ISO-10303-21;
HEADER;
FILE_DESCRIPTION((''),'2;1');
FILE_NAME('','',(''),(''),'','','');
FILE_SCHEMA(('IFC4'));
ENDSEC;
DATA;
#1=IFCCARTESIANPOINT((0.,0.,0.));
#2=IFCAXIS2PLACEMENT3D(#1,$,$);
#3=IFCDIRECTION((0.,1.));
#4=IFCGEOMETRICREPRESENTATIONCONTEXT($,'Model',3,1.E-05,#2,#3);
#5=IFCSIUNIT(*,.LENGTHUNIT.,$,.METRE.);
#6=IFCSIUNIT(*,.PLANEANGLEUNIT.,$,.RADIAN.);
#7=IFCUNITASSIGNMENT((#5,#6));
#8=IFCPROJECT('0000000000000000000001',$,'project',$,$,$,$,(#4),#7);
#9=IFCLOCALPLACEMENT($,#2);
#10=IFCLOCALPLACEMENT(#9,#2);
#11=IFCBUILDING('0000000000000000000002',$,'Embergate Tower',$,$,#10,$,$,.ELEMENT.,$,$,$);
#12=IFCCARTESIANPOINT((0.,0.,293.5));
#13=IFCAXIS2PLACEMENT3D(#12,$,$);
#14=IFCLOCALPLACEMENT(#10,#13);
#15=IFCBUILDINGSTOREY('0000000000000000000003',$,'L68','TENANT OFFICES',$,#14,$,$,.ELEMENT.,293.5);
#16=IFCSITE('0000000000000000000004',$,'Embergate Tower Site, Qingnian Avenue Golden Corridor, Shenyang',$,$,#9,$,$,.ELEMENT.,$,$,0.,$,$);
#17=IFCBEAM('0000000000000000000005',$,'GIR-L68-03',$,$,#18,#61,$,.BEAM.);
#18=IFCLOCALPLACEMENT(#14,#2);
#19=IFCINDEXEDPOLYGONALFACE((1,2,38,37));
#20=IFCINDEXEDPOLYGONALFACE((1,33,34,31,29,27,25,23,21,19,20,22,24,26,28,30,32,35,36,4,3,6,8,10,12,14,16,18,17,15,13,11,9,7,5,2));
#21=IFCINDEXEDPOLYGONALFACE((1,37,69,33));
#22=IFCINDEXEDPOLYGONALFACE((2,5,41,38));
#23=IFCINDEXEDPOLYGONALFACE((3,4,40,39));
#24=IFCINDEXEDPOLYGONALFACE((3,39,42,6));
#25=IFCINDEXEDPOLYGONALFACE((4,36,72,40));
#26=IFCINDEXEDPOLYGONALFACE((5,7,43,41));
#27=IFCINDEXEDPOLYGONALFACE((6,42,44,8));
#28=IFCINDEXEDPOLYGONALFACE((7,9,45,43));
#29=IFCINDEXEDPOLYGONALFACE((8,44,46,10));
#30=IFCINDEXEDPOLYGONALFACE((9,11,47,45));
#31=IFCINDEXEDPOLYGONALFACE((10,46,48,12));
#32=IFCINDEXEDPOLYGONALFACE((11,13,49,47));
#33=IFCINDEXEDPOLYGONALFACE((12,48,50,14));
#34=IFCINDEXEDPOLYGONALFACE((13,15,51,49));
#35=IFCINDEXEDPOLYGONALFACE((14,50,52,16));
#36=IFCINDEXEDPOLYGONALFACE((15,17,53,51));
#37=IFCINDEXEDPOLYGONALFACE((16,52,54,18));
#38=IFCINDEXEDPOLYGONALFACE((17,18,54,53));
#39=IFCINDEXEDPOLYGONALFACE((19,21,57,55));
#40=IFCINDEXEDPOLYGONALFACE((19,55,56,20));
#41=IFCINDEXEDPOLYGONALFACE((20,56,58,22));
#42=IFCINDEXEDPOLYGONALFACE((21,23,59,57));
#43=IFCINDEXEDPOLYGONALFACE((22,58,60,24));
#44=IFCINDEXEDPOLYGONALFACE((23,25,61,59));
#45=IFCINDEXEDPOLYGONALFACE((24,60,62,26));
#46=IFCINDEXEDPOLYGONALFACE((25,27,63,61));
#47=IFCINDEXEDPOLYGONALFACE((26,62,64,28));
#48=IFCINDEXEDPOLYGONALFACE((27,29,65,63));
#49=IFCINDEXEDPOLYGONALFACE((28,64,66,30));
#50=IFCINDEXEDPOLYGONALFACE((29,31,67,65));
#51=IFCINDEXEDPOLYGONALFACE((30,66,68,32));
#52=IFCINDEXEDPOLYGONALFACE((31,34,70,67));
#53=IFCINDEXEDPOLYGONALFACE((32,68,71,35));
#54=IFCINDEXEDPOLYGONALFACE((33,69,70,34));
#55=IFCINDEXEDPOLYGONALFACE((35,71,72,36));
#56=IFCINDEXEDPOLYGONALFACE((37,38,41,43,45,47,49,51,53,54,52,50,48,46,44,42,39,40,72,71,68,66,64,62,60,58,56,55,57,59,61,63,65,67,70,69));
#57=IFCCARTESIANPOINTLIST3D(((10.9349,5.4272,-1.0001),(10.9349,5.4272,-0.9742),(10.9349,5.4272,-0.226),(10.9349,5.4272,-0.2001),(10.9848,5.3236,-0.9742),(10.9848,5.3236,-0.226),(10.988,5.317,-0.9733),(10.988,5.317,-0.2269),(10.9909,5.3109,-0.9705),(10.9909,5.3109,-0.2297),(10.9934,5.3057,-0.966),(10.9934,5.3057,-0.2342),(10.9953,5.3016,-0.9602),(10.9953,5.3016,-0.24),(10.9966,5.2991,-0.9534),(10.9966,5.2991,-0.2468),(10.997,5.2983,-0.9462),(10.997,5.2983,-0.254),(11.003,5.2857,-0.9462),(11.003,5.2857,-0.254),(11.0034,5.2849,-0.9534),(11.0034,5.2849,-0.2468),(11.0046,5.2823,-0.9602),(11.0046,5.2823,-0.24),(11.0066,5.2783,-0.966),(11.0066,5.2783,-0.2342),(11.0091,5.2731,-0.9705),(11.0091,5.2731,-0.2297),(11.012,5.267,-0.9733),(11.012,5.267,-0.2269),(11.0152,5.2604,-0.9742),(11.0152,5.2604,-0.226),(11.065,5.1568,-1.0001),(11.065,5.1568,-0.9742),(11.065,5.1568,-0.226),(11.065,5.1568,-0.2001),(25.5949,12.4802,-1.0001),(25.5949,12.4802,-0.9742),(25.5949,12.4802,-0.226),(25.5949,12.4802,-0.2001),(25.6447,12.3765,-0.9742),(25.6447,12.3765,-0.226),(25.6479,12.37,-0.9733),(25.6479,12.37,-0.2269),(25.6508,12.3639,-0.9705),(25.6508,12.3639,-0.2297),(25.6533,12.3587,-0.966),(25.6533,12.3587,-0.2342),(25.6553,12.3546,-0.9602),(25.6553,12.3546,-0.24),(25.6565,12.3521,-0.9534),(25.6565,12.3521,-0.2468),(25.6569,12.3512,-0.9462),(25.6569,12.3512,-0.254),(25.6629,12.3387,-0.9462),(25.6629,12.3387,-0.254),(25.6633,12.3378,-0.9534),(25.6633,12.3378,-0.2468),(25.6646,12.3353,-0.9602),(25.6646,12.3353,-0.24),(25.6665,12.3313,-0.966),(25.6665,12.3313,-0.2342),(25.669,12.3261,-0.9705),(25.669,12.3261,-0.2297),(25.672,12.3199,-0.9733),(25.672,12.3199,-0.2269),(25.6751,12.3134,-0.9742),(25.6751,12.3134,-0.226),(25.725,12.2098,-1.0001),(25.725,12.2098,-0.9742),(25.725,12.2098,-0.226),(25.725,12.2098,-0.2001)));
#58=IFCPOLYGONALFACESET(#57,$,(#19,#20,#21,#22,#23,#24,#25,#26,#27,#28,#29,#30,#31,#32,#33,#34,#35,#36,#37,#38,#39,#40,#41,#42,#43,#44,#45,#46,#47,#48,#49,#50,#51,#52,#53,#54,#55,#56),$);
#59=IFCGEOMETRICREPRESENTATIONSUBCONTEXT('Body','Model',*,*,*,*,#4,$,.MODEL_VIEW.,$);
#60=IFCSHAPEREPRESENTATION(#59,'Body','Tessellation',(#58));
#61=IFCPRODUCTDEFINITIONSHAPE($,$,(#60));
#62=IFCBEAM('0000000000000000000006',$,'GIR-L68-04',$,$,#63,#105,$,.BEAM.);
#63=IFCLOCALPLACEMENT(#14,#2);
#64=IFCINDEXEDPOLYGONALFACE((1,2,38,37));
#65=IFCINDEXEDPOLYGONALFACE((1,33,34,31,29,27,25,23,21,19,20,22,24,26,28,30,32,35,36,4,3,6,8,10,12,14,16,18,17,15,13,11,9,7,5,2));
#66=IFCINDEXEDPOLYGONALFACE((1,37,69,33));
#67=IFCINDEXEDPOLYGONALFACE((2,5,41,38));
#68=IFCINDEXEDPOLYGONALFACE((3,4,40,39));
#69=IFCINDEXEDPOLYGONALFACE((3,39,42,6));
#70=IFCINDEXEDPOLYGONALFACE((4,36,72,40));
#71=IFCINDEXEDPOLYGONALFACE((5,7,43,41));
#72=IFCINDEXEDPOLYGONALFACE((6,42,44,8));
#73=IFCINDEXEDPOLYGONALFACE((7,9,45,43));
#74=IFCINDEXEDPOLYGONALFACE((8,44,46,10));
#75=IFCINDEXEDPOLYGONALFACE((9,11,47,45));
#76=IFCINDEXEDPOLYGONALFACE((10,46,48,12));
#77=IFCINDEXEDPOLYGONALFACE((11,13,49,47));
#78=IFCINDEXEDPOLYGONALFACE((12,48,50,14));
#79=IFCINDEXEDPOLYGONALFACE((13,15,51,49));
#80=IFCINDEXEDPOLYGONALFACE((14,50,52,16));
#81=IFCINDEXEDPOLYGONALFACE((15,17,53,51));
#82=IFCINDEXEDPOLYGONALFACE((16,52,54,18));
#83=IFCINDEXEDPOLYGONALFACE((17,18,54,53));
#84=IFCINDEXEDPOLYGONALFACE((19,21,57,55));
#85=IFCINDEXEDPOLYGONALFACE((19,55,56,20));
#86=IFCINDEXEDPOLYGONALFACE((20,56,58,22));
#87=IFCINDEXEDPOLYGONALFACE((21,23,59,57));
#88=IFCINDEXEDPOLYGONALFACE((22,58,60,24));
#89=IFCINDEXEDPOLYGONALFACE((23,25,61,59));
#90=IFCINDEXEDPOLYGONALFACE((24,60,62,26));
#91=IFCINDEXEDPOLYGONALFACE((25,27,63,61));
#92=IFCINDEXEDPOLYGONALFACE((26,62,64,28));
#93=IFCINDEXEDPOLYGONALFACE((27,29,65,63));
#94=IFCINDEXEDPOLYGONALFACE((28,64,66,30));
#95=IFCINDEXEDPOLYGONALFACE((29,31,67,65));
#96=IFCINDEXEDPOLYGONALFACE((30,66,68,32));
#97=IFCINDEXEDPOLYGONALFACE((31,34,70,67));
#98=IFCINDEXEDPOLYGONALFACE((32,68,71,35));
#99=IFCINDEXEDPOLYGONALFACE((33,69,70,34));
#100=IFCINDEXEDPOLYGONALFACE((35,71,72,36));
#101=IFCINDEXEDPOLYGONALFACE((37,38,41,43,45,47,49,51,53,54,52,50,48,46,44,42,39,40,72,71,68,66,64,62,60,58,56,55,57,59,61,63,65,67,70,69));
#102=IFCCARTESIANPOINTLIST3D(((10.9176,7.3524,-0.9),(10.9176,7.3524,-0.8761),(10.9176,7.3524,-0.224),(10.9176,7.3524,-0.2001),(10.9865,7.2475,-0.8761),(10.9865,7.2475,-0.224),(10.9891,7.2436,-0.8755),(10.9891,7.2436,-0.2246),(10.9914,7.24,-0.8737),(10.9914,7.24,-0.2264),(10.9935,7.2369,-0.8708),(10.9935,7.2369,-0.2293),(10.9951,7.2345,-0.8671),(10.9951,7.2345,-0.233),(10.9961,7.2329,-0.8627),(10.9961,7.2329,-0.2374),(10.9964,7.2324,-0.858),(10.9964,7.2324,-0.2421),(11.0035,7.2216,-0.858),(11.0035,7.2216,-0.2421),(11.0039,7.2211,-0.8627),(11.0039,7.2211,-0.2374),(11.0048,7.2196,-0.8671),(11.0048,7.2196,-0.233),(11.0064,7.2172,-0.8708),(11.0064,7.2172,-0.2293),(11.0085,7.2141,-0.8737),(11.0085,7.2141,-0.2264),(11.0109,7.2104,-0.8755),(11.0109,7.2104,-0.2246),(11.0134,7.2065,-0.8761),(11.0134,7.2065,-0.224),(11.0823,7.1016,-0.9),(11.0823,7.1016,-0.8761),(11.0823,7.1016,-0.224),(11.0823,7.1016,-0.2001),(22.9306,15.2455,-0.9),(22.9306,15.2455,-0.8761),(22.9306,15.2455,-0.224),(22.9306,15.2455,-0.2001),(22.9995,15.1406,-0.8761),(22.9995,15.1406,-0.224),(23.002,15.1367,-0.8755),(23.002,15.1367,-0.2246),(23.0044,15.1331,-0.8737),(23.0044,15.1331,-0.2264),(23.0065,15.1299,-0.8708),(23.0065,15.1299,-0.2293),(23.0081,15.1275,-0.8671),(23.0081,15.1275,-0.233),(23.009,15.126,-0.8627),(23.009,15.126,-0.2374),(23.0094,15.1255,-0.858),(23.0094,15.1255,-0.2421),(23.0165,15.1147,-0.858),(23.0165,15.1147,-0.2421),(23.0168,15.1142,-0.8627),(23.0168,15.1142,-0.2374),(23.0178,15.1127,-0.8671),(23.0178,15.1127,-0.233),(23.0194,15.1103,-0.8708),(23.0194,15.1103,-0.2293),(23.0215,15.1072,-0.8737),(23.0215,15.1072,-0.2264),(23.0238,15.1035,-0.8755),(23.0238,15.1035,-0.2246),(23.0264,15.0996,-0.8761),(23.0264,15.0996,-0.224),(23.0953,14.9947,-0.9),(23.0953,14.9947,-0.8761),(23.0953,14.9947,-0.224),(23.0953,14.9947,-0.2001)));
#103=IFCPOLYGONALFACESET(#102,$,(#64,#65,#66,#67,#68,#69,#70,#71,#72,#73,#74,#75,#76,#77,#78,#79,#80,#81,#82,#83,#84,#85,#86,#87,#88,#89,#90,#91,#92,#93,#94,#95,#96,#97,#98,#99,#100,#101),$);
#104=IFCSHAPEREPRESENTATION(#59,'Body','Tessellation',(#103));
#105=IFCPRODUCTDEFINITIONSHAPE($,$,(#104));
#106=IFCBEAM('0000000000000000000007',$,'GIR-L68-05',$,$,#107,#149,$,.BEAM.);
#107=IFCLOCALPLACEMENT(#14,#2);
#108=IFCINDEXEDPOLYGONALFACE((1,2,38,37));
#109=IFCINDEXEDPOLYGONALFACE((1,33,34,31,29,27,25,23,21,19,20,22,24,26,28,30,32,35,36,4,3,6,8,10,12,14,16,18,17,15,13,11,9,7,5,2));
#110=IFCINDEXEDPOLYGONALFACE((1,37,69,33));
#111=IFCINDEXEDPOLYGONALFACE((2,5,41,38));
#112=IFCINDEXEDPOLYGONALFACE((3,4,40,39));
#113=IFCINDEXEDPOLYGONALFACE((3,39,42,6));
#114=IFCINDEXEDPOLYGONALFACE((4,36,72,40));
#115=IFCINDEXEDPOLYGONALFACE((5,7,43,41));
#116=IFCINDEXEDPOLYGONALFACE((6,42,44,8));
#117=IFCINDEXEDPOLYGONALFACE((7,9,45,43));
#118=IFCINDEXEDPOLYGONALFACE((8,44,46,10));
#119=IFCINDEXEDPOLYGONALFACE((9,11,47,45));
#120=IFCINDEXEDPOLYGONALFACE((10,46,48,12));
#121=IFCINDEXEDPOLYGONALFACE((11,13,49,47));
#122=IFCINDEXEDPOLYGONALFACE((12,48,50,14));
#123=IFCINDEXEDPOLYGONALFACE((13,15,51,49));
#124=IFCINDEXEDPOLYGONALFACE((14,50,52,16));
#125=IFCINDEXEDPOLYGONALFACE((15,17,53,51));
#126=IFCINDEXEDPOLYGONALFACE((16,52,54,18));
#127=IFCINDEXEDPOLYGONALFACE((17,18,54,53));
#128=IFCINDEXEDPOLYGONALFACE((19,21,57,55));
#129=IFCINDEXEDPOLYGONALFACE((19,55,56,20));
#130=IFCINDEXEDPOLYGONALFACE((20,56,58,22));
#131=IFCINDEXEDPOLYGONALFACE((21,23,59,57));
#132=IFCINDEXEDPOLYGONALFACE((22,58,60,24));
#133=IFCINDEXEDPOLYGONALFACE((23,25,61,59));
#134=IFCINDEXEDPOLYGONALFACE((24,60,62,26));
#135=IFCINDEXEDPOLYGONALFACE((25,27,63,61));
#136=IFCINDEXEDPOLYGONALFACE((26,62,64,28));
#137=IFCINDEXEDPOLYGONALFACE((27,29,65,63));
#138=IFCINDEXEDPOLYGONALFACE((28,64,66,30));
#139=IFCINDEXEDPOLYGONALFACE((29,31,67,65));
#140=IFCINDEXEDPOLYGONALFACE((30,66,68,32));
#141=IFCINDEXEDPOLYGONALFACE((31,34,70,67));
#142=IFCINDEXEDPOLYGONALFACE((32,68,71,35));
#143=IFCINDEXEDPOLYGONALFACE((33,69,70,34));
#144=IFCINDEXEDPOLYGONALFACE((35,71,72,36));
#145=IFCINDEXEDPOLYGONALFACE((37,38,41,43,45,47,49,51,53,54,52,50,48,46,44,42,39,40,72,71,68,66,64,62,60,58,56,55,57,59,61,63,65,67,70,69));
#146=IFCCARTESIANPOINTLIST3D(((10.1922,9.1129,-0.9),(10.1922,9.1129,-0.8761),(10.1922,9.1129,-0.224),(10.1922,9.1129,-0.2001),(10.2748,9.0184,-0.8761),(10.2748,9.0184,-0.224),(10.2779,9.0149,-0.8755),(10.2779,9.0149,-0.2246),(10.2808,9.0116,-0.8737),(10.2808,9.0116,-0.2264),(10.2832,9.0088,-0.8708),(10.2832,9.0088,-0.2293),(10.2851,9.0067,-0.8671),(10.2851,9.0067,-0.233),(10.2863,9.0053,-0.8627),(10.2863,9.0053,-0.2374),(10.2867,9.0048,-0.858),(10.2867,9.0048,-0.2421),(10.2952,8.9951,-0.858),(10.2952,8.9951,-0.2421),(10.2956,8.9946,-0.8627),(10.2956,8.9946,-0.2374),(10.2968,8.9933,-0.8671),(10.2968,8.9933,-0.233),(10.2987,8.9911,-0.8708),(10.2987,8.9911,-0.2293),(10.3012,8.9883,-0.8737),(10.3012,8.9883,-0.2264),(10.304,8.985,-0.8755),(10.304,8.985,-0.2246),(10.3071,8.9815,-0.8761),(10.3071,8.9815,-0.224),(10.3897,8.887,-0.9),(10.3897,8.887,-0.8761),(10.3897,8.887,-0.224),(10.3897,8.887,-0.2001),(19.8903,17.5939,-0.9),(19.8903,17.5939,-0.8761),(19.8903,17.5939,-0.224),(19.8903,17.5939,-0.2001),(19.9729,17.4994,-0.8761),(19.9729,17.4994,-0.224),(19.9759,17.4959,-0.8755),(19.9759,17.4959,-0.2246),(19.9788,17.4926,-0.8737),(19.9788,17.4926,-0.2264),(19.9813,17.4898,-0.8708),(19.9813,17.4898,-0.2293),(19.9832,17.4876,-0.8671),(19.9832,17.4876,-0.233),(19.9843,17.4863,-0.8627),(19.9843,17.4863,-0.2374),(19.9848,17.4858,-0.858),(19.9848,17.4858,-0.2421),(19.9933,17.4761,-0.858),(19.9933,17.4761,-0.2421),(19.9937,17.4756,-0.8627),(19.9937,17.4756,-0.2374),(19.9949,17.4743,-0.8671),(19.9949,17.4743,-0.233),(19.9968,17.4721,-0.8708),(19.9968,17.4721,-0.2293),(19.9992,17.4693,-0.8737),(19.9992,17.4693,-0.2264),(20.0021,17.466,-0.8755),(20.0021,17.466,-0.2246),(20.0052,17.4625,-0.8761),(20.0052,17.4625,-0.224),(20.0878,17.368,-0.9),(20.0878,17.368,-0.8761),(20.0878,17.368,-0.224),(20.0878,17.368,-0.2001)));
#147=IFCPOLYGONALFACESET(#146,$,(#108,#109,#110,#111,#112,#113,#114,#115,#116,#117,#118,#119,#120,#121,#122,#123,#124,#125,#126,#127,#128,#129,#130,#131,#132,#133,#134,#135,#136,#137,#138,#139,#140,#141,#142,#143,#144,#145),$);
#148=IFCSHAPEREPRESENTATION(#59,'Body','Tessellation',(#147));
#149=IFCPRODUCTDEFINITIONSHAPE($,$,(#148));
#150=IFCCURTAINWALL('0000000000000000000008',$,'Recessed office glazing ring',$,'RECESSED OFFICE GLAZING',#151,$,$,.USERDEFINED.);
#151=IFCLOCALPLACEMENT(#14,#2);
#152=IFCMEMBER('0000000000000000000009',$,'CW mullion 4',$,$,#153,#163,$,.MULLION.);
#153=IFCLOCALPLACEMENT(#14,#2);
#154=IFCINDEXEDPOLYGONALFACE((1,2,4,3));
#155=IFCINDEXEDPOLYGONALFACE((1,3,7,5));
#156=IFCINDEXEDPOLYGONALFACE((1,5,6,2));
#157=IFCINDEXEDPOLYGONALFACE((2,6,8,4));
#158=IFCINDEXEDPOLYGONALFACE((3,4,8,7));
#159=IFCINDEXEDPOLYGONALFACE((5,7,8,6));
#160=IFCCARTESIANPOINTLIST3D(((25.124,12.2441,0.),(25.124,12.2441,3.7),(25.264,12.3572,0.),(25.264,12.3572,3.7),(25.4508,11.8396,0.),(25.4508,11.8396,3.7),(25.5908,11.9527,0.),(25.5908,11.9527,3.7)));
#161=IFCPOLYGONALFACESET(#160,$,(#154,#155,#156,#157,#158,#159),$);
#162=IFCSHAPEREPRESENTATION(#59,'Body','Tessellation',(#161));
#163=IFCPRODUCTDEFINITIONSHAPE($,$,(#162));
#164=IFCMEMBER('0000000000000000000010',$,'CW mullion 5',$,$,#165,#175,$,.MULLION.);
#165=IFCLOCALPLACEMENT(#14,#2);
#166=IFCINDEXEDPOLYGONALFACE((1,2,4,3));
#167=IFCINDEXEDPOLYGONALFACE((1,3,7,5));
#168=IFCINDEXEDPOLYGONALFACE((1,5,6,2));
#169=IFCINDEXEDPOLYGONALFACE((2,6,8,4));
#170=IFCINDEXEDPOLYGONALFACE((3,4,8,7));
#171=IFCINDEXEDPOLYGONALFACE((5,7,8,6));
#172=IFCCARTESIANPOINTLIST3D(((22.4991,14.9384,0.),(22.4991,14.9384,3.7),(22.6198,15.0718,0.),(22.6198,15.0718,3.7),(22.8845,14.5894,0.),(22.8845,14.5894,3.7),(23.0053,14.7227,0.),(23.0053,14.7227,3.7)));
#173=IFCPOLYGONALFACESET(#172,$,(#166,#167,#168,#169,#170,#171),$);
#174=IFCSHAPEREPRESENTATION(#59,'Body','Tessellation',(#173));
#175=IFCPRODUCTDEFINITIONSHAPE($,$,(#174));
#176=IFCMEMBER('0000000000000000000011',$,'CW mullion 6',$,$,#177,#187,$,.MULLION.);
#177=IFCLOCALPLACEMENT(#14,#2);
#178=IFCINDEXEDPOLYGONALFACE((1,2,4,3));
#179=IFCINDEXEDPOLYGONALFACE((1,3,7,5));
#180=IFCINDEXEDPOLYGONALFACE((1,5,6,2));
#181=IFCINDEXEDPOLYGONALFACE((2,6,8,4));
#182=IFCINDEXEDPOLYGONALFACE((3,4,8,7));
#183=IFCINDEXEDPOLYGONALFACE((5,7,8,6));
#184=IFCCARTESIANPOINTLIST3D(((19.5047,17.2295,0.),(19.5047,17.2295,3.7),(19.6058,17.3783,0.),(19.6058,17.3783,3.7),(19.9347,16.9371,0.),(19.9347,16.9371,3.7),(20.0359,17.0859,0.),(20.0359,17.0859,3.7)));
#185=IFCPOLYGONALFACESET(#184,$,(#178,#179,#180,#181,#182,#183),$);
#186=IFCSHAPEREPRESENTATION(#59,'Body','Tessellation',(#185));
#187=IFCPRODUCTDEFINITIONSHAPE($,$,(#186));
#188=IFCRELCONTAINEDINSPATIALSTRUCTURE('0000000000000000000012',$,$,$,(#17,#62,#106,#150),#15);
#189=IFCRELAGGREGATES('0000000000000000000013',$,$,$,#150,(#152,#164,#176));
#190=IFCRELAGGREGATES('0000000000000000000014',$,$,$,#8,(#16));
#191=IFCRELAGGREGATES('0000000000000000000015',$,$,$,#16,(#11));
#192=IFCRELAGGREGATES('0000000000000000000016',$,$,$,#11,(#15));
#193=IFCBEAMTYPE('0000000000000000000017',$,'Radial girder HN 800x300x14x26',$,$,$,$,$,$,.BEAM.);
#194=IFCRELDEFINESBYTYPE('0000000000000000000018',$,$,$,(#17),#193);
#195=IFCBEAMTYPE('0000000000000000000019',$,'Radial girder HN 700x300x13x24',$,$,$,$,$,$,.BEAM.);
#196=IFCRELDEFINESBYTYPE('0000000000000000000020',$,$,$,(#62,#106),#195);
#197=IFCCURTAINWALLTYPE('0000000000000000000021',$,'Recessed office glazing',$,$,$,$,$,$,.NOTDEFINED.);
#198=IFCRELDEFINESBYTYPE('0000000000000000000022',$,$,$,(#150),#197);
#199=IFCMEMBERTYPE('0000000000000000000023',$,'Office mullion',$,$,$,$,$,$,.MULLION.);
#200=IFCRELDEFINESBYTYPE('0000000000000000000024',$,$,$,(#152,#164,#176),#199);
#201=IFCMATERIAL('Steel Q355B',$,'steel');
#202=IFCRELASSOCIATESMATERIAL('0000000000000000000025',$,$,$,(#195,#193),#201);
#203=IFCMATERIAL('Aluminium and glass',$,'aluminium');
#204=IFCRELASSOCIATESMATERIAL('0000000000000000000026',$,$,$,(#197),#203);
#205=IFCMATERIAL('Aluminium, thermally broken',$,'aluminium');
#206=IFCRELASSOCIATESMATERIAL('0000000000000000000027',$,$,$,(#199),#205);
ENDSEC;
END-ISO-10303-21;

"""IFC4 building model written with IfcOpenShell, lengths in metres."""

from ifc_helpers import new_model, si_unit, direction, frame, origin, origin_2d, place, context, subcontext, project, spatial, rectangle, i_section, extrude, source, transform, mapped, material, material_profile, profile_set, type_object, element, aggregate, save


model = new_model("IFC4")

# Units and contexts
model_context = context("Model", 3, precision=1e-05, world=origin(), true_north=direction((0.0, 1.0)))
body_context = subcontext(model_context, "Body", "Model", "MODEL_VIEW")
ifc_project = project(units=[si_unit("LENGTHUNIT", "METRE"), si_unit("PLANEANGLEUNIT", "RADIAN")], contexts=[model_context])

# Site, building, storey
site_placement = place(None, origin())
site = spatial("IfcSite", under=ifc_project, at=site_placement, Name="Embergate Tower Site, Qingnian Avenue Golden Corridor, Shenyang", CompositionType="ELEMENT", RefElevation=0.0)
building_placement = place(site_placement, origin())
building = spatial("IfcBuilding", under=site, at=building_placement, Name="Embergate Tower", CompositionType="ELEMENT")
storey_placement = place(building_placement, frame((0.0, 0.0, 293.5)))
storey = spatial("IfcBuildingStorey", under=building, at=storey_placement, Name="L68", Description="TENANT OFFICES", CompositionType="ELEMENT", Elevation=293.5)

# Beams
ifc_material_1 = material(Name="Steel Q355B", Category="steel")
ifc_material_profile_1 = material_profile(ifc_material_1, i_section(OverallWidth=0.3, OverallDepth=0.7, WebThickness=0.0129, FlangeThickness=0.0239, FilletRadius=0.0181, at=origin_2d()), Name="HN 700x300x13x24")
ifc_profile_set_1 = profile_set([ifc_material_profile_1], Name="Steel Q355 grade B")
beam_type_1 = type_object("IfcBeamType", Name="Radial girder HN 700x300x13x24", PredefinedType="BEAM", material=ifc_profile_set_1)
ifc_material_profile_2 = material_profile(ifc_material_1, i_section(OverallWidth=0.3, OverallDepth=0.8, WebThickness=0.0139, FlangeThickness=0.0259, FilletRadius=0.0281, at=origin_2d()), Name="HN 800x300x14x26")
ifc_profile_set_2 = profile_set([ifc_material_profile_2], Name="Steel Q355 grade B")
beam_type_2 = type_object("IfcBeamType", Name="Radial girder HN 800x300x14x26", PredefinedType="BEAM", material=ifc_profile_set_2)
shared_shape_1 = source(origin(), body_context, "Body", "SweptSolid", [
    extrude(i_section(OverallWidth=0.3, OverallDepth=0.8, WebThickness=0.0139, FlangeThickness=0.0259, FilletRadius=0.0281, at=origin_2d()), origin(), (0.0, 0.0, 1.0), 16.2683),
])
beam_1_placement = place(storey_placement, frame((25.6599, 12.345, -0.6001), z_axis=(-0.901134, -0.433541, 0.0), x_axis=(0.433541, -0.901134, 0.0)))
element("IfcBeam", 1, at=beam_1_placement, inside=storey, type_object=beam_type_2, Name="GIR-L68-03", PredefinedType="BEAM", context=body_context, shape_type="MappedRepresentation", body=[
    mapped(shared_shape_1, transform((0.0, 0.0, 0.0))),
])
shared_shape_2 = source(origin(), body_context, "Body", "SweptSolid", [
    extrude(i_section(OverallWidth=0.3, OverallDepth=0.7, WebThickness=0.0129, FlangeThickness=0.0239, FilletRadius=0.0181, at=origin_2d()), origin(), (0.0, 0.0, 1.0), 14.374),
])
beam_2_placement = place(storey_placement, frame((23.0129, 15.1201, -0.55), z_axis=(-0.835742, -0.549122, 0.0), x_axis=(0.549122, -0.835742, 0.0)))
element("IfcBeam", 2, at=beam_2_placement, inside=storey, type_object=beam_type_1, Name="GIR-L68-04", PredefinedType="BEAM", context=body_context, shape_type="MappedRepresentation", body=[
    mapped(shared_shape_2, transform((0.0, 0.0, 0.0))),
])
shared_shape_3 = source(origin(), body_context, "Body", "SweptSolid", [
    extrude(i_section(OverallWidth=0.3, OverallDepth=0.7, WebThickness=0.0129, FlangeThickness=0.0239, FilletRadius=0.0181, at=origin_2d()), origin(), (0.0, 0.0, 1.0), 12.8833),
])
beam_3_placement = place(storey_placement, frame((19.989, 17.481, -0.55), z_axis=(-0.752761, -0.658294, 0.0), x_axis=(0.658294, -0.752761, 0.0)))
element("IfcBeam", 3, at=beam_3_placement, inside=storey, type_object=beam_type_1, Name="GIR-L68-05", PredefinedType="BEAM", context=body_context, shape_type="MappedRepresentation", body=[
    mapped(shared_shape_3, transform((0.0, 0.0, 0.0))),
])

# Curtain wall, members
ifc_material_2 = material(Name="Aluminium and glass", Category="aluminium")
curtain_wall_type = type_object("IfcCurtainWallType", Name="Recessed office glazing", PredefinedType="NOTDEFINED", material=ifc_material_2)
curtain_wall_placement = place(storey_placement, origin())
curtain_wall = element("IfcCurtainWall", 4, at=curtain_wall_placement, inside=storey, type_object=curtain_wall_type, Name="Recessed office glazing ring", ObjectType="RECESSED OFFICE GLAZING", PredefinedType="USERDEFINED")
ifc_material_3 = material(Name="Aluminium, thermally broken", Category="aluminium")
ifc_material_profile_3 = material_profile(ifc_material_3, rectangle(XDim=0.1799, YDim=0.52, at=origin_2d()), Name="AL 520x180")
ifc_profile_set_3 = profile_set([ifc_material_profile_3], Name="Aluminium, thermally broken")
member_type_1 = type_object("IfcMemberType", Name="Office mullion", PredefinedType="MULLION", material=ifc_profile_set_3)
shared_shape_4 = source(origin(), body_context, "Body", "SweptSolid", [
    extrude(rectangle(XDim=0.1799, YDim=0.52, at=origin_2d()), origin(), (0.0, 0.0, 1.0), 3.7),
])
member_1_placement = place(storey_placement, frame((25.3574, 12.0984, 0.0), z_axis=(0.0, 0.0, 1.0), x_axis=(-0.777864, -0.628433, 0.0)))
member_1 = element("IfcMember", 5, at=member_1_placement, type_object=member_type_1, Name="CW mullion 4", PredefinedType="MULLION", context=body_context, shape_type="MappedRepresentation", body=[
    mapped(shared_shape_4, transform((0.0, 0.0, 0.0))),
])
member_2_placement = place(storey_placement, frame((22.7522, 14.8306, 0.0), z_axis=(0.0, 0.0, 1.0), x_axis=(-0.67122, -0.741258, 0.0)))
member_2 = element("IfcMember", 6, at=member_2_placement, type_object=member_type_1, Name="CW mullion 5", PredefinedType="MULLION", context=body_context, shape_type="MappedRepresentation", body=[
    mapped(shared_shape_4, transform((0.0, 0.0, 0.0))),
])
member_3_placement = place(storey_placement, frame((19.7703, 17.1577, 0.0), z_axis=(0.0, 0.0, 1.0), x_axis=(-0.562212, -0.826993, 0.0)))
member_3 = element("IfcMember", 7, at=member_3_placement, type_object=member_type_1, Name="CW mullion 6", PredefinedType="MULLION", context=body_context, shape_type="MappedRepresentation", body=[
    mapped(shared_shape_4, transform((0.0, 0.0, 0.0))),
])
aggregate(curtain_wall, [member_1, member_2, member_3])

save(model, "model.ifc")
